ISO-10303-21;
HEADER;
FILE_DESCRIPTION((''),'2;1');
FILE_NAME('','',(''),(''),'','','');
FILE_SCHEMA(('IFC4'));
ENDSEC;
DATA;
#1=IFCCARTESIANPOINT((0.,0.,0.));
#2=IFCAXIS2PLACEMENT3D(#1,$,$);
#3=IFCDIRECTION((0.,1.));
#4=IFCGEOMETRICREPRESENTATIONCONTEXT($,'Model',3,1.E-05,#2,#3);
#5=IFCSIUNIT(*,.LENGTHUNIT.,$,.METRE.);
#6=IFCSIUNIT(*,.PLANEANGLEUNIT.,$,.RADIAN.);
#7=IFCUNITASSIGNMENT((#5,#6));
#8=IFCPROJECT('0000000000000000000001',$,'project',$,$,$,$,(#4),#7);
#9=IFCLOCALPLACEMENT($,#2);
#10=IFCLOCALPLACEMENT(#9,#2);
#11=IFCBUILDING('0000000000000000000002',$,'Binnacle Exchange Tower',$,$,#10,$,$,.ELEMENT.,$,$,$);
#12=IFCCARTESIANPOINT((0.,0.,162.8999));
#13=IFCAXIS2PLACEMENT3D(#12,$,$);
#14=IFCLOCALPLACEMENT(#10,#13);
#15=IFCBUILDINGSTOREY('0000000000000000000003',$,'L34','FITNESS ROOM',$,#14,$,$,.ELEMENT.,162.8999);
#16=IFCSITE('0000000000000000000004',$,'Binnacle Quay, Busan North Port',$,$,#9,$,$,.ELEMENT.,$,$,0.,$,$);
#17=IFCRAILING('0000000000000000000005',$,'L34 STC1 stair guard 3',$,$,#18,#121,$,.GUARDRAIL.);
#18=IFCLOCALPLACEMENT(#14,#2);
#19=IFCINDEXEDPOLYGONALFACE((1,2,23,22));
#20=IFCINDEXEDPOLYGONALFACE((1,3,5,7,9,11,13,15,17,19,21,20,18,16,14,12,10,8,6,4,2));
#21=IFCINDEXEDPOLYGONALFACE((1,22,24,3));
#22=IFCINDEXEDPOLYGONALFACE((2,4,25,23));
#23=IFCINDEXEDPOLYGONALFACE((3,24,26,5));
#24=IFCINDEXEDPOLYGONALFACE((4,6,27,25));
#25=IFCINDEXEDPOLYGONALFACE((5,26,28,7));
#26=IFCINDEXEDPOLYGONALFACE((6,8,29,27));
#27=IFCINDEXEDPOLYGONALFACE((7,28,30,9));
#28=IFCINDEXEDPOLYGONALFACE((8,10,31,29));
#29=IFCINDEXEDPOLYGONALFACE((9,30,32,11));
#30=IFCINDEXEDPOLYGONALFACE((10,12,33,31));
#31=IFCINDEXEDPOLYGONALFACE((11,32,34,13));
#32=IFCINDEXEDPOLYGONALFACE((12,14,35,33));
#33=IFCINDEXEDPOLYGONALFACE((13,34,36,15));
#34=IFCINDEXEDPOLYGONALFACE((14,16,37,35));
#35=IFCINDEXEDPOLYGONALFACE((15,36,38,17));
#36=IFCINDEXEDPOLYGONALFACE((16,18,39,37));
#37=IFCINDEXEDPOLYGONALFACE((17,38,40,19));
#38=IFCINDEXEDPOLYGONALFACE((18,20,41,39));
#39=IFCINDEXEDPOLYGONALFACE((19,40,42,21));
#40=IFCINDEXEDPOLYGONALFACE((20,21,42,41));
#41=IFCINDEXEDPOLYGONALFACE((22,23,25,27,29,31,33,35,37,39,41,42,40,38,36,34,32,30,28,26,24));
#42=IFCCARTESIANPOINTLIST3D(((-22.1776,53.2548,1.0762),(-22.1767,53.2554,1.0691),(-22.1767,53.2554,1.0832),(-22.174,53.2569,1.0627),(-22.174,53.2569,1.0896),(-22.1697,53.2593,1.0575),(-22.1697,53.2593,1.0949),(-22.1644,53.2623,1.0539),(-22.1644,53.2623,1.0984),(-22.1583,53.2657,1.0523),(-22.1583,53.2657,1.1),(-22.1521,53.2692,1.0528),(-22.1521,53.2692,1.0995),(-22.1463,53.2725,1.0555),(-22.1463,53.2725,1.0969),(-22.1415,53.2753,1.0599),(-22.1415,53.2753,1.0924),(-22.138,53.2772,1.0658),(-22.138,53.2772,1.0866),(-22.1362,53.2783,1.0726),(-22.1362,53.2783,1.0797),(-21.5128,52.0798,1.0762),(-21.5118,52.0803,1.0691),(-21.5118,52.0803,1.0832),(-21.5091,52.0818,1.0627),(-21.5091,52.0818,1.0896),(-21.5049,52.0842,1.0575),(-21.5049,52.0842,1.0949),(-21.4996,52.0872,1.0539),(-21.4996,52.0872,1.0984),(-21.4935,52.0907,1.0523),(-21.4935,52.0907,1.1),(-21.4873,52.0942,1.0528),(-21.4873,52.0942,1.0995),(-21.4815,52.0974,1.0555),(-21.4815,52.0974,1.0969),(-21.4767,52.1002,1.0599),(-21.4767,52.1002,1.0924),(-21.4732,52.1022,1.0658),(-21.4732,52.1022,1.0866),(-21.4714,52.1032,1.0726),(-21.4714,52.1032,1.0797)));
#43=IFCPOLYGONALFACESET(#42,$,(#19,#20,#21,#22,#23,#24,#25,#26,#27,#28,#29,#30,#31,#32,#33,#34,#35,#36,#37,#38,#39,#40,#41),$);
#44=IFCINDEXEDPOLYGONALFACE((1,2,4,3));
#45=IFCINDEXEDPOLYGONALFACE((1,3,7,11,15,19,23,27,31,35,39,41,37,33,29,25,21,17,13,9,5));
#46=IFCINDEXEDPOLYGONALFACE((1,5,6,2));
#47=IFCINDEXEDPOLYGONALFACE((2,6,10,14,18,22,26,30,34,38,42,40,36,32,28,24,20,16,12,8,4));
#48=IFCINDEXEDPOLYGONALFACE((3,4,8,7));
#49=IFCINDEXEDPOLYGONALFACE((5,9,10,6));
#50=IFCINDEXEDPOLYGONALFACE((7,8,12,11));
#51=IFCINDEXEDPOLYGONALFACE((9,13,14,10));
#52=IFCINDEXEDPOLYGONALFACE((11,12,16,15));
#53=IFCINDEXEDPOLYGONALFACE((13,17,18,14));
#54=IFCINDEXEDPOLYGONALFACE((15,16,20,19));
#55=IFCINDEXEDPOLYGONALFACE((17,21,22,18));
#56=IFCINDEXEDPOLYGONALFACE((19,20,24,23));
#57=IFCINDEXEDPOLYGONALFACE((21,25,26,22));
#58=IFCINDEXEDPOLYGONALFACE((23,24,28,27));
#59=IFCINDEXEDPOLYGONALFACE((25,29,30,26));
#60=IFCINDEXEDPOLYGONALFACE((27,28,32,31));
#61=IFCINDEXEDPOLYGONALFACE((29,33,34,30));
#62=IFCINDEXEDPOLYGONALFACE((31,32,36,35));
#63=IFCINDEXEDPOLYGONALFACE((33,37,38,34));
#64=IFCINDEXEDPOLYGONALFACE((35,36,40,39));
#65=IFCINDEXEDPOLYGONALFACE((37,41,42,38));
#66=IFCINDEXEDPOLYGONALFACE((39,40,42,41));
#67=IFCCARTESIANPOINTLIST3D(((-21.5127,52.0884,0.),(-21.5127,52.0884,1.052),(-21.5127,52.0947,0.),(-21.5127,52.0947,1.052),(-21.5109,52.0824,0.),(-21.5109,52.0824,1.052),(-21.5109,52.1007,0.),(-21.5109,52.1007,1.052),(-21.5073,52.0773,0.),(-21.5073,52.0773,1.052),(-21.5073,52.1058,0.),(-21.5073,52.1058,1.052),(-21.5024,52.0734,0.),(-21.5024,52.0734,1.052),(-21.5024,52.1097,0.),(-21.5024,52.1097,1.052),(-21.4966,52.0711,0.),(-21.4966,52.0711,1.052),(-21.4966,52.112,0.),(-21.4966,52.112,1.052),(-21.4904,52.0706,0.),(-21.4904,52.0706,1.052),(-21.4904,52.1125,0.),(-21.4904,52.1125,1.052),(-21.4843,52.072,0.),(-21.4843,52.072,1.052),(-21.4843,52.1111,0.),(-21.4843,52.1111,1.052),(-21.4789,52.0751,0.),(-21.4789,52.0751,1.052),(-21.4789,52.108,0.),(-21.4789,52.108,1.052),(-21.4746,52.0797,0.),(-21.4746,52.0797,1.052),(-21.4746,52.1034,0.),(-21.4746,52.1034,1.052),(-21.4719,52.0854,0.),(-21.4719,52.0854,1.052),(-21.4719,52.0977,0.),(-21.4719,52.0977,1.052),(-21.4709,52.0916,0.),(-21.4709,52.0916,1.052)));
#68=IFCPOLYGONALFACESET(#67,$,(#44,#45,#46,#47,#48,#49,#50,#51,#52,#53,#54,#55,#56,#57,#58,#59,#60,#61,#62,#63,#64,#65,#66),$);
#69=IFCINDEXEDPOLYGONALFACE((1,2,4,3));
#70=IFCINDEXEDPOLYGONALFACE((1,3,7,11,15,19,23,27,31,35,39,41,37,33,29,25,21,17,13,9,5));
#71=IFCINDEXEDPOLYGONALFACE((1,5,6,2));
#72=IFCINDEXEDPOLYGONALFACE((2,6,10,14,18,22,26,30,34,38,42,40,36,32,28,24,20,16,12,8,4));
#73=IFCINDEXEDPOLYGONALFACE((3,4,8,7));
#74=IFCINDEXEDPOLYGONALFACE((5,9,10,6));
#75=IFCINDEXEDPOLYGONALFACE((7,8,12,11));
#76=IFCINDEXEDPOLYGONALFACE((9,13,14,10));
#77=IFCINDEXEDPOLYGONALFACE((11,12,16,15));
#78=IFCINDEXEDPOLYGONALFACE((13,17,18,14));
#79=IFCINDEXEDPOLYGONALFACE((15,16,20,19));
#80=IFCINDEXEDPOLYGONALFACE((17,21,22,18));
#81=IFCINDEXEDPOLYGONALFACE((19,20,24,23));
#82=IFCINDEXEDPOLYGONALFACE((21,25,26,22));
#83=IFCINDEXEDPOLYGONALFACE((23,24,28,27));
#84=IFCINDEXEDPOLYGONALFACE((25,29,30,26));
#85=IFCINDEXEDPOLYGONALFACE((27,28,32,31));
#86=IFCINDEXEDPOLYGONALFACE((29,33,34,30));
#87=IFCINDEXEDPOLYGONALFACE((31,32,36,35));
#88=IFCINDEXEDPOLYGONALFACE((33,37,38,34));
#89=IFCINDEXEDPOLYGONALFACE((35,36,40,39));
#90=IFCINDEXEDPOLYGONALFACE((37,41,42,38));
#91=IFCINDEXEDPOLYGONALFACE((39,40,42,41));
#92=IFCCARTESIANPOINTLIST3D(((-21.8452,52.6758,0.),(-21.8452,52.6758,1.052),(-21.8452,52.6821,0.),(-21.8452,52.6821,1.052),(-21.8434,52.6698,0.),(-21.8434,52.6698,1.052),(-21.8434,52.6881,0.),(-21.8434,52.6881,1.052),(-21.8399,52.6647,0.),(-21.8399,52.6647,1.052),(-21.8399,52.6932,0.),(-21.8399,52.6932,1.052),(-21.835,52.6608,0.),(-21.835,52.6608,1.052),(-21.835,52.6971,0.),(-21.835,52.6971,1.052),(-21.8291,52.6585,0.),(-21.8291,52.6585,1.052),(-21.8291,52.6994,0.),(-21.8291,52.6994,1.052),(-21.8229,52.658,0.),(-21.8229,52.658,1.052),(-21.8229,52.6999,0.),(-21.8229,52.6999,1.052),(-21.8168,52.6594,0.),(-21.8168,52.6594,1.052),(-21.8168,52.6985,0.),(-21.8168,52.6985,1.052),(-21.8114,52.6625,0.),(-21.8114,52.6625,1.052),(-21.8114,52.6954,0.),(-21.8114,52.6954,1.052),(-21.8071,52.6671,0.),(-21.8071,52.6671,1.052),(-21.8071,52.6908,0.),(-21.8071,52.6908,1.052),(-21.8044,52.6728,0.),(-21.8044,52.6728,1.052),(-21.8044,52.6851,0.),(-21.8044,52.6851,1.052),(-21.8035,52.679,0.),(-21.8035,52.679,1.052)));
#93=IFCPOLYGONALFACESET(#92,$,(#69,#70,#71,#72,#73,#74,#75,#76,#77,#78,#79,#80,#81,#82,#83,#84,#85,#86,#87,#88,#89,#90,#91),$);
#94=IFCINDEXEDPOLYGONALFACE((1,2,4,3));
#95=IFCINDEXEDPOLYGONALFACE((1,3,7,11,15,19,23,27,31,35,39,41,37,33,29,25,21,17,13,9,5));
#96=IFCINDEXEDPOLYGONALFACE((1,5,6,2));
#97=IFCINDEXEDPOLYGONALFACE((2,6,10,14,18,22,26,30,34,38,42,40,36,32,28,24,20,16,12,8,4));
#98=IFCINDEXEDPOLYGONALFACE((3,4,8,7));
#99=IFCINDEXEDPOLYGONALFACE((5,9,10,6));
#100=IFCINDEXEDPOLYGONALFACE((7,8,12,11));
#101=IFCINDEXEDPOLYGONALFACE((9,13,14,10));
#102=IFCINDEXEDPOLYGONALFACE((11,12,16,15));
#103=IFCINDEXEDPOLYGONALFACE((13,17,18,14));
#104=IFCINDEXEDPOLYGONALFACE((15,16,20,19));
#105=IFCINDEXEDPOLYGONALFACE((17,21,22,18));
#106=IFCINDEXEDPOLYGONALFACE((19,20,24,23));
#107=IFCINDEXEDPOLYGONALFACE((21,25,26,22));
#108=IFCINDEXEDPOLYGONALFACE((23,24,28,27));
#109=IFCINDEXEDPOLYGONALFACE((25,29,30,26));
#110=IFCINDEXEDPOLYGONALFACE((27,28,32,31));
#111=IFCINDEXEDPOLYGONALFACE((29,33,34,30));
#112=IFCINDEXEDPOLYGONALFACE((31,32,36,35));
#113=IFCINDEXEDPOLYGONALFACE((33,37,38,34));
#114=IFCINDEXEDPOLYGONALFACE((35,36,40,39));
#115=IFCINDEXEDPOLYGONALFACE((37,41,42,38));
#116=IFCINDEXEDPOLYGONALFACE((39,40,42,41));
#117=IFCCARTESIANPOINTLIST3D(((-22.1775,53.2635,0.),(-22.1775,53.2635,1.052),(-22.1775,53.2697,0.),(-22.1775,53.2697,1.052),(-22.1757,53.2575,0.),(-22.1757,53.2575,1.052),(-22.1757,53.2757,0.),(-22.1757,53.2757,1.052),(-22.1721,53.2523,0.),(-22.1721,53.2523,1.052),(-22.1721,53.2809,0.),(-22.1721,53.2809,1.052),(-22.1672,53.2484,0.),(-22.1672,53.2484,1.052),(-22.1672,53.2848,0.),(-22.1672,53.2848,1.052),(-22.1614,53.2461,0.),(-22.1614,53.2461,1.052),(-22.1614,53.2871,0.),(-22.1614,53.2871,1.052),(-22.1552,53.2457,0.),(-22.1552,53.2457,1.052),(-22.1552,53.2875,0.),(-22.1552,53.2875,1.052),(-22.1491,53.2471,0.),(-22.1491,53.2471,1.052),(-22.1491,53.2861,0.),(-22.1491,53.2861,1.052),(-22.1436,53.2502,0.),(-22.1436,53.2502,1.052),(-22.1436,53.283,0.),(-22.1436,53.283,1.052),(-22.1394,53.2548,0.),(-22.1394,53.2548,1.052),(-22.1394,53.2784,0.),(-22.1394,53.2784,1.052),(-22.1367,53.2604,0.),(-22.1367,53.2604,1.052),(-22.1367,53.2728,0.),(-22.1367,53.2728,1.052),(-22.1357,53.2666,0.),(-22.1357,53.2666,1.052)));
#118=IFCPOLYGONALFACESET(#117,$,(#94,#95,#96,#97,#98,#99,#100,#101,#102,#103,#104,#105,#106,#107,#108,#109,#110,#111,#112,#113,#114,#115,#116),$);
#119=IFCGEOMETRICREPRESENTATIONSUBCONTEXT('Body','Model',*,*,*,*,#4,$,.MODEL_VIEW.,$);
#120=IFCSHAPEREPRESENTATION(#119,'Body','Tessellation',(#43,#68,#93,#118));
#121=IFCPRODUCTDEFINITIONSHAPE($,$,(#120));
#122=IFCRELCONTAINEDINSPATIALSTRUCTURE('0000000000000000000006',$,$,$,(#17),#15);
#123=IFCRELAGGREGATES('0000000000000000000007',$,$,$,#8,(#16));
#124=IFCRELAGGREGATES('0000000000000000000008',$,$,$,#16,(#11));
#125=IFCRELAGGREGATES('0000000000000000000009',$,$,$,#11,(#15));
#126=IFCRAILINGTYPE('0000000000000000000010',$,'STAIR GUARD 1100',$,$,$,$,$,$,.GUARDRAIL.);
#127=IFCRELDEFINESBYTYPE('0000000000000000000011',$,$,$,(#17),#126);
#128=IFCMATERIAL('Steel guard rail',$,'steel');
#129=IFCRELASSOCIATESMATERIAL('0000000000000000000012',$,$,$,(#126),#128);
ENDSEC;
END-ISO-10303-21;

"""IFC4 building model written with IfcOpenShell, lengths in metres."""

from ifc_helpers import new_model, si_unit, direction, frame, origin, origin_2d, place, context, subcontext, project, spatial, circle, extrude, material, type_object, element, save


model = new_model("IFC4")

# Units and contexts
model_context = context("Model", 3, precision=1e-05, world=origin(), true_north=direction((0.0, 1.0)))
body_context = subcontext(model_context, "Body", "Model", "MODEL_VIEW")
ifc_project = project(units=[si_unit("LENGTHUNIT", "METRE"), si_unit("PLANEANGLEUNIT", "RADIAN")], contexts=[model_context])

# Site, building, storey
site_placement = place(None, origin())
site = spatial("IfcSite", under=ifc_project, at=site_placement, Name="Binnacle Quay, Busan North Port", CompositionType="ELEMENT", RefElevation=0.0)
building_placement = place(site_placement, origin())
building = spatial("IfcBuilding", under=site, at=building_placement, Name="Binnacle Exchange Tower", CompositionType="ELEMENT")
storey_placement = place(building_placement, frame((0.0, 0.0, 162.8999)))
storey = spatial("IfcBuildingStorey", under=building, at=storey_placement, Name="L34", Description="FITNESS ROOM", CompositionType="ELEMENT", Elevation=162.8999)

# Railing
ifc_material_1 = material(Name="Steel guard rail", Category="steel")
railing_type_1 = type_object("IfcRailingType", Name="STAIR GUARD 1100", PredefinedType="GUARDRAIL", material=ifc_material_1)
railing_1_placement = place(storey_placement, frame((-21.4919, 52.0916, 0.0)))
element("IfcRailing", 1, at=railing_1_placement, inside=storey, type_object=railing_type_1, Name="L34 STC1 stair guard 3", PredefinedType="GUARDRAIL", context=body_context, shape_type="SweptSolid", body=[
    extrude(circle(Radius=0.0239, at=origin_2d()), frame((0.0, 0.0, 1.0762), z_axis=(-0.492415, 0.870361, 0.0), x_axis=(-0.870361, -0.492415, 0.0)), (0.0, 0.0, 1.0), 1.3501),
    extrude(circle(Radius=0.021, at=origin_2d()), origin(), (0.0, 0.0, 1.0), 1.052),
    extrude(circle(Radius=0.021, at=origin_2d()), frame((-0.3325, 0.5874, 0.0)), (0.0, 0.0, 1.0), 1.052),
    extrude(circle(Radius=0.021, at=origin_2d()), frame((-0.6648, 1.175, 0.0)), (0.0, 0.0, 1.0), 1.052),
])

save(model, "model.ifc")
